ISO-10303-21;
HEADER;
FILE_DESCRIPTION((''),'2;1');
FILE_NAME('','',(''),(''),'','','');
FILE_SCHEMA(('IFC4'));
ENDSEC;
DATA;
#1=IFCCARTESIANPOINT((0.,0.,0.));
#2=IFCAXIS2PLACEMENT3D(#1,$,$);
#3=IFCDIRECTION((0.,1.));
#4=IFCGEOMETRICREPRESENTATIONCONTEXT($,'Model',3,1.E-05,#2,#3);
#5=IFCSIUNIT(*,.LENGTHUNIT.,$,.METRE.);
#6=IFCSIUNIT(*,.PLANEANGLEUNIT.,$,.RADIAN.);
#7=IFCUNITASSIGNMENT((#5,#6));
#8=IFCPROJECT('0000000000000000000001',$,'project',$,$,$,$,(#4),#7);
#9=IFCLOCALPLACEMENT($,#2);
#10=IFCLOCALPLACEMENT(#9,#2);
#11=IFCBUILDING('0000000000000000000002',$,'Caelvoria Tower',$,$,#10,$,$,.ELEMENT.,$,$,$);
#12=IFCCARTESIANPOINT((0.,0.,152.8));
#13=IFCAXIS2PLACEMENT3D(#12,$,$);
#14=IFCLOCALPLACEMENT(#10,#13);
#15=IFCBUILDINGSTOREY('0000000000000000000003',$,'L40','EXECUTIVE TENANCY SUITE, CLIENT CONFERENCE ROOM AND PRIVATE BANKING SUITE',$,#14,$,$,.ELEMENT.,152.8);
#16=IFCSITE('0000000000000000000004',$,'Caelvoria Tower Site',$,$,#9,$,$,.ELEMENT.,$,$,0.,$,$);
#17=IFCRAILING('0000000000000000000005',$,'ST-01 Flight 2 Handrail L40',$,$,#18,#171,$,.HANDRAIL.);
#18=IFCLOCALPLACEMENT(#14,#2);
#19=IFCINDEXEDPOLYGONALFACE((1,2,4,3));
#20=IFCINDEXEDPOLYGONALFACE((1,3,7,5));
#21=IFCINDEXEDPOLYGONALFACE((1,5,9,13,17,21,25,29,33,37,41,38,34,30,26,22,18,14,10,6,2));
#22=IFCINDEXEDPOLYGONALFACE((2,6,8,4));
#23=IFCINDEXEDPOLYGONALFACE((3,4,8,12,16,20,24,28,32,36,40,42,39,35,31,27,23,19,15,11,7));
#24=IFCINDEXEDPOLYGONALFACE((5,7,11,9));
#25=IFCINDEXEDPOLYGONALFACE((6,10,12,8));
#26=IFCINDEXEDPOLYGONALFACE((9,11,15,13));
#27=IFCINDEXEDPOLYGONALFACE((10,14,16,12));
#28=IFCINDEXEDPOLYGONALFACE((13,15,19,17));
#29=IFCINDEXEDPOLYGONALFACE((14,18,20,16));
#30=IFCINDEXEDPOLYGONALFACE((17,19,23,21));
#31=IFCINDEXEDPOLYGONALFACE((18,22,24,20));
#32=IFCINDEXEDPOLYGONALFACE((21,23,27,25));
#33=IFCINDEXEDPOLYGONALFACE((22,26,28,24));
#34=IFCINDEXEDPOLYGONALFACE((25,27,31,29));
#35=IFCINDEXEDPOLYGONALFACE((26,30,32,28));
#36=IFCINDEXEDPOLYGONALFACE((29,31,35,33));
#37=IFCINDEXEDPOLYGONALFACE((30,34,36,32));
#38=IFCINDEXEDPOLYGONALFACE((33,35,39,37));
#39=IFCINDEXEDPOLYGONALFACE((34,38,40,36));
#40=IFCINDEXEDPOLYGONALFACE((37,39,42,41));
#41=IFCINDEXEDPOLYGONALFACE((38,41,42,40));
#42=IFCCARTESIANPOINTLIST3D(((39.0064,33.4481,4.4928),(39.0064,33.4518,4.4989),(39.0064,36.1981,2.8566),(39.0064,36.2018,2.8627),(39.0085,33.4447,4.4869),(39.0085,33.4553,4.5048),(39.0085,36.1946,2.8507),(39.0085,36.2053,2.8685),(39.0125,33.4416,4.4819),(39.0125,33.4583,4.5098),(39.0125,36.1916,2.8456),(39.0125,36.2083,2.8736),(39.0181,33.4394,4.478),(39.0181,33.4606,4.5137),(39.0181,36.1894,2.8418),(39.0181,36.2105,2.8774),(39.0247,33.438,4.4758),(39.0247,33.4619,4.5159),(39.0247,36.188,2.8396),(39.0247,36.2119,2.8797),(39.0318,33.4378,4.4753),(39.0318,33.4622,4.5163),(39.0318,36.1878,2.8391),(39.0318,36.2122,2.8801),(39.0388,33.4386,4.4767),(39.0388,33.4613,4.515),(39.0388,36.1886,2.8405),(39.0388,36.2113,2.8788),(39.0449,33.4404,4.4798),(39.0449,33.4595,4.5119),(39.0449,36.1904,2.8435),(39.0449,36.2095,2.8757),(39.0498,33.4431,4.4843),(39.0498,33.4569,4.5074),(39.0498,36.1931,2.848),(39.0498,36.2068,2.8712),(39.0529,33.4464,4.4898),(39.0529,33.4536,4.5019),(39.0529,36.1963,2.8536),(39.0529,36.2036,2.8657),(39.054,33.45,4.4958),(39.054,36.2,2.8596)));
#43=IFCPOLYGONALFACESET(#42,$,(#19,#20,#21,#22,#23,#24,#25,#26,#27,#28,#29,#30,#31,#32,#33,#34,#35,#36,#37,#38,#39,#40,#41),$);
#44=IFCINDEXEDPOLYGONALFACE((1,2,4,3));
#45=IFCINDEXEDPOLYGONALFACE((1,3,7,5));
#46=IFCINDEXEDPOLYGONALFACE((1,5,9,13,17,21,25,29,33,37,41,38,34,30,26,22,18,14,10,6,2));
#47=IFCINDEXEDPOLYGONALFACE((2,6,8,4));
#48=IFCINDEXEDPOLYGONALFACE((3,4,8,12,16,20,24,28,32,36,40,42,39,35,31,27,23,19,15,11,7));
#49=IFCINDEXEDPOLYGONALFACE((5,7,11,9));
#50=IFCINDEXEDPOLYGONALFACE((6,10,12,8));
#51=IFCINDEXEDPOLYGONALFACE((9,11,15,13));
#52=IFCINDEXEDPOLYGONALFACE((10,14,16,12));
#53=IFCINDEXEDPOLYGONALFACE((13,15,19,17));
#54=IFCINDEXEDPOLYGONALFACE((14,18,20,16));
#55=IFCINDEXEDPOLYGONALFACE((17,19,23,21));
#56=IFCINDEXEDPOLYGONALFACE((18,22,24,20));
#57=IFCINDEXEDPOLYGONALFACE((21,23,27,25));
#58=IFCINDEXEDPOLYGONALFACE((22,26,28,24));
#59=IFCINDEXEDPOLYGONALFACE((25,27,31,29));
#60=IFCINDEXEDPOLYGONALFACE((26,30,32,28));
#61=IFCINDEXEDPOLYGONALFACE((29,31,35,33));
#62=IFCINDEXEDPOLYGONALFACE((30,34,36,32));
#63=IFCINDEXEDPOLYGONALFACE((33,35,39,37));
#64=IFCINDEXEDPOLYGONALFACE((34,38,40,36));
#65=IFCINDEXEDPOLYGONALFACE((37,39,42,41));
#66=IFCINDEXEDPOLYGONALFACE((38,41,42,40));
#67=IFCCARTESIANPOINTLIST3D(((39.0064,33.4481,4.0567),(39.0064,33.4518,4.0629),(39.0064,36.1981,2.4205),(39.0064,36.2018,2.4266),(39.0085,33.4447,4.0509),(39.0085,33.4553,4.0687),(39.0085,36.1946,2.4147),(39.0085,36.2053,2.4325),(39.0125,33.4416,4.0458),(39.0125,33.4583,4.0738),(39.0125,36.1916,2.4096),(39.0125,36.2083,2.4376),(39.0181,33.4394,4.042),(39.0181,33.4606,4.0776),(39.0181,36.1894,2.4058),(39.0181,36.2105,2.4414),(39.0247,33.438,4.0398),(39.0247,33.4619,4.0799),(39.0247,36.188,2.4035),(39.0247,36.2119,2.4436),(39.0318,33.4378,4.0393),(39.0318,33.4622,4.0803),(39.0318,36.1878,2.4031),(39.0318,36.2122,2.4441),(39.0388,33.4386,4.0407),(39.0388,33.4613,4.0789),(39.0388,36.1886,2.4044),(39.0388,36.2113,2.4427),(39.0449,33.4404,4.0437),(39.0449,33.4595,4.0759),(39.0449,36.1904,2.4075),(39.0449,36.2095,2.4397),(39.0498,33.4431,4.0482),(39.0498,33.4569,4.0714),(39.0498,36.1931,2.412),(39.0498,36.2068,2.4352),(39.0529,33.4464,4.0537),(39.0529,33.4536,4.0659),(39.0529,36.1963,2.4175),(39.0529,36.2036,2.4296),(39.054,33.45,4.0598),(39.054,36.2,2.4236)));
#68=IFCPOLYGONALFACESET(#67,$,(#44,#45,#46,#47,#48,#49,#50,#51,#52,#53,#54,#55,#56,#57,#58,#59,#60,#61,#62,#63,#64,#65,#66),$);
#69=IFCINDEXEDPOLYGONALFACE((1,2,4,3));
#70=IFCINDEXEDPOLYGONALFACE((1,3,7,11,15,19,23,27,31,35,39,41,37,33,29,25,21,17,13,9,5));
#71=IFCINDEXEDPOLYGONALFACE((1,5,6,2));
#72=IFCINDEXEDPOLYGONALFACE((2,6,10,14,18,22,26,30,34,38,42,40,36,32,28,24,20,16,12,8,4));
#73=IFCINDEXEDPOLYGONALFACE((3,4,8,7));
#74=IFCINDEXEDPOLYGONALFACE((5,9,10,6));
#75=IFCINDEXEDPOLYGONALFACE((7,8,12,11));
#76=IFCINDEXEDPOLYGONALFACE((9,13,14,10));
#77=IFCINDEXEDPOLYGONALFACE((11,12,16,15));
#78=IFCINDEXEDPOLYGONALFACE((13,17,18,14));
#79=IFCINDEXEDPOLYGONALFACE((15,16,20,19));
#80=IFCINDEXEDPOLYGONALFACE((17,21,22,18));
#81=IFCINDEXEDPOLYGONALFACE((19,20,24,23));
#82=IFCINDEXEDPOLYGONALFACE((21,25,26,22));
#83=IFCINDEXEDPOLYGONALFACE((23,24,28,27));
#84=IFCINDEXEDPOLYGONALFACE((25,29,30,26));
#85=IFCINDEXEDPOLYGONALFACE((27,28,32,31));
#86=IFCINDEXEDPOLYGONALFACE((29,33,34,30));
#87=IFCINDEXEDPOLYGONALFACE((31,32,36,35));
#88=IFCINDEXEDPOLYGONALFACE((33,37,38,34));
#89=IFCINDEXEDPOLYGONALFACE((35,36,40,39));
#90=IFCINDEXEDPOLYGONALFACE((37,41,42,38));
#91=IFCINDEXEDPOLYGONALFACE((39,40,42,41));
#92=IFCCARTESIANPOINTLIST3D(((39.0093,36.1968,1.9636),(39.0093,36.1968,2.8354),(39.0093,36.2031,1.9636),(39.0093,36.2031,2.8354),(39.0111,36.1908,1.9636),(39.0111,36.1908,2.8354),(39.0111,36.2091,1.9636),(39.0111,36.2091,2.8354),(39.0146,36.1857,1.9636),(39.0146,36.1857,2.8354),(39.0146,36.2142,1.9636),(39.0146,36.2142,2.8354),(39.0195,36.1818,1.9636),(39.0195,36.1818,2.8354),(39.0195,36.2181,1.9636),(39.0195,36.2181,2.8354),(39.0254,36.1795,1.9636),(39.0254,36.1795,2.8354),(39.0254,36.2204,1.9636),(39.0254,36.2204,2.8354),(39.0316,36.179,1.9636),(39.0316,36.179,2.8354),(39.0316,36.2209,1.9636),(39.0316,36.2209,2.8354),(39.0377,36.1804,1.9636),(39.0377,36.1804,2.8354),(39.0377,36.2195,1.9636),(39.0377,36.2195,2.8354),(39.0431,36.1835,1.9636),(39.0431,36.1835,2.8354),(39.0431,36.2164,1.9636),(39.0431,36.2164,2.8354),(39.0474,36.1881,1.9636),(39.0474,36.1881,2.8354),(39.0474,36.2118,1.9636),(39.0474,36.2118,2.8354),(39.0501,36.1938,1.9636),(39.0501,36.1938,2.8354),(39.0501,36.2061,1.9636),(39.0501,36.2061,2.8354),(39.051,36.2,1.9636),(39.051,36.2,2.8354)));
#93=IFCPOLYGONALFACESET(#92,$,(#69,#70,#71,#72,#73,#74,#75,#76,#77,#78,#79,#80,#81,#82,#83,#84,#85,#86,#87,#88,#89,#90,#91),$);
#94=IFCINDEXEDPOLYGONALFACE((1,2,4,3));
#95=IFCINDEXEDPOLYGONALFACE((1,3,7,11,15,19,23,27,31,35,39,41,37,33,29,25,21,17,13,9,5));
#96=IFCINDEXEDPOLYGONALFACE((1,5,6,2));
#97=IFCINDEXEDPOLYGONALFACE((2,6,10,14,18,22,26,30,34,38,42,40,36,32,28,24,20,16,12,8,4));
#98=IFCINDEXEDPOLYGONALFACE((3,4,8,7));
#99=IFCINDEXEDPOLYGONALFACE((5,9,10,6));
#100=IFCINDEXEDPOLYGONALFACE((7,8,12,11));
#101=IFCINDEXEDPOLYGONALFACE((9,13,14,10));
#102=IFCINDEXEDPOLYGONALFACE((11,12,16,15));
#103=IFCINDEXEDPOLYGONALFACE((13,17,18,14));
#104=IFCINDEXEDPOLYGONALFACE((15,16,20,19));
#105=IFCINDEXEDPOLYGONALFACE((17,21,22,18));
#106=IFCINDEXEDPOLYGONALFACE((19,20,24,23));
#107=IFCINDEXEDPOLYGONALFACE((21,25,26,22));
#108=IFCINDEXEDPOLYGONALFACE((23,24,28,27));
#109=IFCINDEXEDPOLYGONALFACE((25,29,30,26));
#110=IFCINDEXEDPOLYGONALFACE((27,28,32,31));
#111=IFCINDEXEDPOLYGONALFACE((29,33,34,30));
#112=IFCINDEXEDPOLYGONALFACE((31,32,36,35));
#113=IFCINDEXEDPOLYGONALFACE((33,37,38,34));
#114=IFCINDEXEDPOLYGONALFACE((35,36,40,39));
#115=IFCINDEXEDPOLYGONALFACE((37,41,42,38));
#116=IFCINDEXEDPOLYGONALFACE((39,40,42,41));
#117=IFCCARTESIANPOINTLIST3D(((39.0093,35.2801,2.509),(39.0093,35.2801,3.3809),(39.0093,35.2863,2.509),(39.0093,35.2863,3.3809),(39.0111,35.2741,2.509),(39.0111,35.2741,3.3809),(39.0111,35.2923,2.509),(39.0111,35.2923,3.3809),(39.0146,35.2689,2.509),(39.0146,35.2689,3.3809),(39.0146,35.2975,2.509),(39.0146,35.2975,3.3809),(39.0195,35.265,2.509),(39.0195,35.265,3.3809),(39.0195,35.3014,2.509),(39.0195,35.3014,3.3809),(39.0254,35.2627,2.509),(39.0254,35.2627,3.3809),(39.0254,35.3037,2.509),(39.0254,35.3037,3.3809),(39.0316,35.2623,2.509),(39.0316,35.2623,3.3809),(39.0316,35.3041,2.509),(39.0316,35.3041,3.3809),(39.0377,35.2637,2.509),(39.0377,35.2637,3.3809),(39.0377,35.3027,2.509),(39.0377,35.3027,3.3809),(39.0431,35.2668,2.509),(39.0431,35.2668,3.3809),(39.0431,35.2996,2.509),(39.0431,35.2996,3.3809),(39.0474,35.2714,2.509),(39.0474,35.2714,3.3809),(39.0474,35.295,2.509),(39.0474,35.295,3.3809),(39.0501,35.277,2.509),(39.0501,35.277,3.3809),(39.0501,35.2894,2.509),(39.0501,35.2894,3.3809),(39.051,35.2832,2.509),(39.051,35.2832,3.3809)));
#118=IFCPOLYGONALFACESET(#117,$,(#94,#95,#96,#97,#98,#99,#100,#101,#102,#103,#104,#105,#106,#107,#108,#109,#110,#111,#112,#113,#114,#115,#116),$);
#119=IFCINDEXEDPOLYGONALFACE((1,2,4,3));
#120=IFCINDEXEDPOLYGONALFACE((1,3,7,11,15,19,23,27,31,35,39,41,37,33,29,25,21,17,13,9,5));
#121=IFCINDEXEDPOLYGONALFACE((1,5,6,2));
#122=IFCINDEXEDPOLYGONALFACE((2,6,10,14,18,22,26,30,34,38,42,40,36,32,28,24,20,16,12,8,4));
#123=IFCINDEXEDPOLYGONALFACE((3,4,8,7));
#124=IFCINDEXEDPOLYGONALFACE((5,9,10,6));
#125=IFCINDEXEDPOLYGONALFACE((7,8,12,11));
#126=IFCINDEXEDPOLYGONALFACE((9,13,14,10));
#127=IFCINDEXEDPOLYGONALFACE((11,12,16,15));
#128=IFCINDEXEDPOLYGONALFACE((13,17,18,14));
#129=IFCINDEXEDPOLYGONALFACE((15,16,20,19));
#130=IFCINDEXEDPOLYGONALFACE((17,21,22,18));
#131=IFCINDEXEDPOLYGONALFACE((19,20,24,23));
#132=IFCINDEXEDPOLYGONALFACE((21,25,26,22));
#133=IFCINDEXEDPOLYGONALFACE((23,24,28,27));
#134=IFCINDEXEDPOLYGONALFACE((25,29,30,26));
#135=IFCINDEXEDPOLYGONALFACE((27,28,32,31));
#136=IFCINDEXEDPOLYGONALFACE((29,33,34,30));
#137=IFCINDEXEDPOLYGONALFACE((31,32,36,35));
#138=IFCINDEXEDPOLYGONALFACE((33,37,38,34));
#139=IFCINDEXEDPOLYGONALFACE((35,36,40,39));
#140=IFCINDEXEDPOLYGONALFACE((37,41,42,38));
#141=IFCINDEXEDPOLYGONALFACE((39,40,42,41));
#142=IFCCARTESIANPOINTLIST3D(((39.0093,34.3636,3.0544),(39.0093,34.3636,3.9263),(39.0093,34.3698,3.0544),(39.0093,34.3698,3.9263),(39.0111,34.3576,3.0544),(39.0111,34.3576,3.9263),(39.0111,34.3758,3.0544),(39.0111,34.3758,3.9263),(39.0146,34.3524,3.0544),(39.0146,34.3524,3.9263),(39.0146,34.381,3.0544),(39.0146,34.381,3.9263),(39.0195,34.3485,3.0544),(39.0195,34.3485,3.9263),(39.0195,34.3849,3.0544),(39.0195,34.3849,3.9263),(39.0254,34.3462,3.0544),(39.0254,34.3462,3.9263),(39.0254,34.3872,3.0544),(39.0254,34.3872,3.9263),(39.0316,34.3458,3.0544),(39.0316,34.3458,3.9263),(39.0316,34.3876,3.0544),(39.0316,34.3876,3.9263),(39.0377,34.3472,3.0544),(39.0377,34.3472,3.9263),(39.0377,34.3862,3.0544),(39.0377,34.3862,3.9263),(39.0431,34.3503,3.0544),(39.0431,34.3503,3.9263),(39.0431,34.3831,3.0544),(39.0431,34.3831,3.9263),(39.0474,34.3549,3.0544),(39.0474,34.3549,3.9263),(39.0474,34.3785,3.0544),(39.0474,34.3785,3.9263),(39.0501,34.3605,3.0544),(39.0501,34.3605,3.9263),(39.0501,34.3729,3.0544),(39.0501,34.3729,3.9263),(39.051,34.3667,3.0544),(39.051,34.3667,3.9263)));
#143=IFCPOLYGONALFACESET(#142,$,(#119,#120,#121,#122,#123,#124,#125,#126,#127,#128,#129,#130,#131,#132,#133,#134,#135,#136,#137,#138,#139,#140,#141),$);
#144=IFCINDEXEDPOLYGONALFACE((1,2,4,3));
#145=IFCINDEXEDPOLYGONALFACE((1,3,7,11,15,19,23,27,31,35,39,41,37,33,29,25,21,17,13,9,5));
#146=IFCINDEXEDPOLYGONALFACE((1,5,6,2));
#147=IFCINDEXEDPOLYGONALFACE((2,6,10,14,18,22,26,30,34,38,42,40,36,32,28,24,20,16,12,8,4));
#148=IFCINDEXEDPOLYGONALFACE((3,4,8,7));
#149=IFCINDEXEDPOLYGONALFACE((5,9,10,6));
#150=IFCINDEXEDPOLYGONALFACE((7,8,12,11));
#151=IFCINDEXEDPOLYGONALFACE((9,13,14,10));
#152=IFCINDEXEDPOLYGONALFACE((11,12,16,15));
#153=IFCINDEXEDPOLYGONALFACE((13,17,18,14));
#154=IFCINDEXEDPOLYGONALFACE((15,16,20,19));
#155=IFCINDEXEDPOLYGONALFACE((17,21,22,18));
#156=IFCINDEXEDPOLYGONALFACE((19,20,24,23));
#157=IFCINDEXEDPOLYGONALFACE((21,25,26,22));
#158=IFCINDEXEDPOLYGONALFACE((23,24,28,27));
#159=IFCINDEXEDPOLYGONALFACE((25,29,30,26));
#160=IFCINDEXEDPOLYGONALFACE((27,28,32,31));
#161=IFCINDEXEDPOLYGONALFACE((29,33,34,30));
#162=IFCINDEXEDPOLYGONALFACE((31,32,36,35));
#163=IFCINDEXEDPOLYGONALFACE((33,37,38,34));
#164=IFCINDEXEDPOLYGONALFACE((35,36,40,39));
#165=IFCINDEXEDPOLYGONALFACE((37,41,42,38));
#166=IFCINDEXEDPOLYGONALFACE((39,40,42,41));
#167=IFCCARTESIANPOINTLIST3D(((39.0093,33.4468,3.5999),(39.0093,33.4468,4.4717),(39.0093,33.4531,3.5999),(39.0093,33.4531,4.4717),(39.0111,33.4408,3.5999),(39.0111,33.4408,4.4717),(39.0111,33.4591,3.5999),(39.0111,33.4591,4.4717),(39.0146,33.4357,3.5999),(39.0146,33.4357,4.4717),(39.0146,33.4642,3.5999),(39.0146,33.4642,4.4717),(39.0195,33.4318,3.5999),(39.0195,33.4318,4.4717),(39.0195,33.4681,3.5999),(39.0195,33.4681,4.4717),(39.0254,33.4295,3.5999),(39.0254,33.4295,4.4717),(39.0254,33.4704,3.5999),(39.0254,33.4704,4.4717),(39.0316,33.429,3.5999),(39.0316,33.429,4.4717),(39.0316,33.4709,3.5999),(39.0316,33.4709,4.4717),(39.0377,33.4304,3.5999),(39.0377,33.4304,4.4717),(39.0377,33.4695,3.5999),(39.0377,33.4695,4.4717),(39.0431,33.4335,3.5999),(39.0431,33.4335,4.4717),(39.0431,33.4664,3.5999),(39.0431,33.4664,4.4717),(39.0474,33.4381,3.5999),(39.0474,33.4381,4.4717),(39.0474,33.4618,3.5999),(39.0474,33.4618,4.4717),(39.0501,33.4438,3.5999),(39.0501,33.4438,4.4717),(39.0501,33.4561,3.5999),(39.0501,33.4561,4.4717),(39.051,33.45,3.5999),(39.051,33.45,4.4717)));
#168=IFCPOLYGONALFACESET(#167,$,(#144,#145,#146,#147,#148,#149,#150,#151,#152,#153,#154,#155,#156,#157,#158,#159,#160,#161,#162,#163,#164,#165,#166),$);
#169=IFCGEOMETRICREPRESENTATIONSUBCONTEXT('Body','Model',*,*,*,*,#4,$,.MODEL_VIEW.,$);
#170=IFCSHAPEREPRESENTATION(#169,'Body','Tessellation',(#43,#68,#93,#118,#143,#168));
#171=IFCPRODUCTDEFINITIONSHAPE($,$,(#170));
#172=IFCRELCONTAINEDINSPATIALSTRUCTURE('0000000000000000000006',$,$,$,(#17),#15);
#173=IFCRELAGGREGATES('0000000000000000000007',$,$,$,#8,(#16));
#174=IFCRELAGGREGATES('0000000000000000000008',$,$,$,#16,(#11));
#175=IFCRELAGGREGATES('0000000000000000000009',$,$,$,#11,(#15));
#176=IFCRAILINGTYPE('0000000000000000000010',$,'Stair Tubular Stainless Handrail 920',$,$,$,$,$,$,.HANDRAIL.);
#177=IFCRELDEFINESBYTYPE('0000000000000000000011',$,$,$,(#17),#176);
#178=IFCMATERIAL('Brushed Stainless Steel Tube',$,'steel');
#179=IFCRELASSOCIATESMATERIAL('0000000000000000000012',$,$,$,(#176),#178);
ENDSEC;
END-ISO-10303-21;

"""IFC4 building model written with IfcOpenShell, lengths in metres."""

from ifc_helpers import new_model, si_unit, direction, frame, origin, origin_2d, place, context, subcontext, project, spatial, circle, extrude, material, type_object, element, save


model = new_model("IFC4")

# Units and contexts
model_context = context("Model", 3, precision=1e-05, world=origin(), true_north=direction((0.0, 1.0)))
body_context = subcontext(model_context, "Body", "Model", "MODEL_VIEW")
ifc_project = project(units=[si_unit("LENGTHUNIT", "METRE"), si_unit("PLANEANGLEUNIT", "RADIAN")], contexts=[model_context])

# Site, building, storey
site_placement = place(None, origin())
site = spatial("IfcSite", under=ifc_project, at=site_placement, Name="Caelvoria Tower Site", CompositionType="ELEMENT", RefElevation=0.0)
building_placement = place(site_placement, origin())
building = spatial("IfcBuilding", under=site, at=building_placement, Name="Caelvoria Tower", CompositionType="ELEMENT")
storey_placement = place(building_placement, frame((0.0, 0.0, 152.8)))
storey = spatial("IfcBuildingStorey", under=building, at=storey_placement, Name="L40", Description="EXECUTIVE TENANCY SUITE, CLIENT CONFERENCE ROOM AND PRIVATE BANKING SUITE", CompositionType="ELEMENT", Elevation=152.8)

# Railing
ifc_material_1 = material(Name="Brushed Stainless Steel Tube", Category="steel")
railing_type_1 = type_object("IfcRailingType", Name="Stair Tubular Stainless Handrail 920", PredefinedType="HANDRAIL", material=ifc_material_1)
railing_1_placement = place(storey_placement, frame((39.03, 36.2, 1.9636)))
element("IfcRailing", 1, at=railing_1_placement, inside=storey, type_object=railing_type_1, Name="ST-01 Flight 2 Handrail L40", PredefinedType="HANDRAIL", context=body_context, shape_type="SweptSolid", body=[
    extrude(circle(Radius=0.0239, at=origin_2d()), frame((0.0, 0.0, 0.896), z_axis=(0.0, -0.859385, 0.511328), x_axis=(1.0, 0.0, 0.0)), (0.0, 0.0, 1.0), 3.2),
    extrude(circle(Radius=0.0239, at=origin_2d()), frame((0.0, 0.0, 0.46), z_axis=(0.0, -0.859385, 0.511328), x_axis=(1.0, 0.0, 0.0)), (0.0, 0.0, 1.0), 3.2),
    extrude(circle(Radius=0.021, at=origin_2d()), origin(), (0.0, 0.0, 1.0), 0.8718),
    extrude(circle(Radius=0.021, at=origin_2d()), frame((0.0, -0.9167, 0.5454)), (0.0, 0.0, 1.0), 0.8718),
    extrude(circle(Radius=0.021, at=origin_2d()), frame((0.0, -1.8333, 1.0908)), (0.0, 0.0, 1.0), 0.8718),
    extrude(circle(Radius=0.021, at=origin_2d()), frame((0.0, -2.75, 1.6362)), (0.0, 0.0, 1.0), 0.8718),
])

save(model, "model.ifc")
